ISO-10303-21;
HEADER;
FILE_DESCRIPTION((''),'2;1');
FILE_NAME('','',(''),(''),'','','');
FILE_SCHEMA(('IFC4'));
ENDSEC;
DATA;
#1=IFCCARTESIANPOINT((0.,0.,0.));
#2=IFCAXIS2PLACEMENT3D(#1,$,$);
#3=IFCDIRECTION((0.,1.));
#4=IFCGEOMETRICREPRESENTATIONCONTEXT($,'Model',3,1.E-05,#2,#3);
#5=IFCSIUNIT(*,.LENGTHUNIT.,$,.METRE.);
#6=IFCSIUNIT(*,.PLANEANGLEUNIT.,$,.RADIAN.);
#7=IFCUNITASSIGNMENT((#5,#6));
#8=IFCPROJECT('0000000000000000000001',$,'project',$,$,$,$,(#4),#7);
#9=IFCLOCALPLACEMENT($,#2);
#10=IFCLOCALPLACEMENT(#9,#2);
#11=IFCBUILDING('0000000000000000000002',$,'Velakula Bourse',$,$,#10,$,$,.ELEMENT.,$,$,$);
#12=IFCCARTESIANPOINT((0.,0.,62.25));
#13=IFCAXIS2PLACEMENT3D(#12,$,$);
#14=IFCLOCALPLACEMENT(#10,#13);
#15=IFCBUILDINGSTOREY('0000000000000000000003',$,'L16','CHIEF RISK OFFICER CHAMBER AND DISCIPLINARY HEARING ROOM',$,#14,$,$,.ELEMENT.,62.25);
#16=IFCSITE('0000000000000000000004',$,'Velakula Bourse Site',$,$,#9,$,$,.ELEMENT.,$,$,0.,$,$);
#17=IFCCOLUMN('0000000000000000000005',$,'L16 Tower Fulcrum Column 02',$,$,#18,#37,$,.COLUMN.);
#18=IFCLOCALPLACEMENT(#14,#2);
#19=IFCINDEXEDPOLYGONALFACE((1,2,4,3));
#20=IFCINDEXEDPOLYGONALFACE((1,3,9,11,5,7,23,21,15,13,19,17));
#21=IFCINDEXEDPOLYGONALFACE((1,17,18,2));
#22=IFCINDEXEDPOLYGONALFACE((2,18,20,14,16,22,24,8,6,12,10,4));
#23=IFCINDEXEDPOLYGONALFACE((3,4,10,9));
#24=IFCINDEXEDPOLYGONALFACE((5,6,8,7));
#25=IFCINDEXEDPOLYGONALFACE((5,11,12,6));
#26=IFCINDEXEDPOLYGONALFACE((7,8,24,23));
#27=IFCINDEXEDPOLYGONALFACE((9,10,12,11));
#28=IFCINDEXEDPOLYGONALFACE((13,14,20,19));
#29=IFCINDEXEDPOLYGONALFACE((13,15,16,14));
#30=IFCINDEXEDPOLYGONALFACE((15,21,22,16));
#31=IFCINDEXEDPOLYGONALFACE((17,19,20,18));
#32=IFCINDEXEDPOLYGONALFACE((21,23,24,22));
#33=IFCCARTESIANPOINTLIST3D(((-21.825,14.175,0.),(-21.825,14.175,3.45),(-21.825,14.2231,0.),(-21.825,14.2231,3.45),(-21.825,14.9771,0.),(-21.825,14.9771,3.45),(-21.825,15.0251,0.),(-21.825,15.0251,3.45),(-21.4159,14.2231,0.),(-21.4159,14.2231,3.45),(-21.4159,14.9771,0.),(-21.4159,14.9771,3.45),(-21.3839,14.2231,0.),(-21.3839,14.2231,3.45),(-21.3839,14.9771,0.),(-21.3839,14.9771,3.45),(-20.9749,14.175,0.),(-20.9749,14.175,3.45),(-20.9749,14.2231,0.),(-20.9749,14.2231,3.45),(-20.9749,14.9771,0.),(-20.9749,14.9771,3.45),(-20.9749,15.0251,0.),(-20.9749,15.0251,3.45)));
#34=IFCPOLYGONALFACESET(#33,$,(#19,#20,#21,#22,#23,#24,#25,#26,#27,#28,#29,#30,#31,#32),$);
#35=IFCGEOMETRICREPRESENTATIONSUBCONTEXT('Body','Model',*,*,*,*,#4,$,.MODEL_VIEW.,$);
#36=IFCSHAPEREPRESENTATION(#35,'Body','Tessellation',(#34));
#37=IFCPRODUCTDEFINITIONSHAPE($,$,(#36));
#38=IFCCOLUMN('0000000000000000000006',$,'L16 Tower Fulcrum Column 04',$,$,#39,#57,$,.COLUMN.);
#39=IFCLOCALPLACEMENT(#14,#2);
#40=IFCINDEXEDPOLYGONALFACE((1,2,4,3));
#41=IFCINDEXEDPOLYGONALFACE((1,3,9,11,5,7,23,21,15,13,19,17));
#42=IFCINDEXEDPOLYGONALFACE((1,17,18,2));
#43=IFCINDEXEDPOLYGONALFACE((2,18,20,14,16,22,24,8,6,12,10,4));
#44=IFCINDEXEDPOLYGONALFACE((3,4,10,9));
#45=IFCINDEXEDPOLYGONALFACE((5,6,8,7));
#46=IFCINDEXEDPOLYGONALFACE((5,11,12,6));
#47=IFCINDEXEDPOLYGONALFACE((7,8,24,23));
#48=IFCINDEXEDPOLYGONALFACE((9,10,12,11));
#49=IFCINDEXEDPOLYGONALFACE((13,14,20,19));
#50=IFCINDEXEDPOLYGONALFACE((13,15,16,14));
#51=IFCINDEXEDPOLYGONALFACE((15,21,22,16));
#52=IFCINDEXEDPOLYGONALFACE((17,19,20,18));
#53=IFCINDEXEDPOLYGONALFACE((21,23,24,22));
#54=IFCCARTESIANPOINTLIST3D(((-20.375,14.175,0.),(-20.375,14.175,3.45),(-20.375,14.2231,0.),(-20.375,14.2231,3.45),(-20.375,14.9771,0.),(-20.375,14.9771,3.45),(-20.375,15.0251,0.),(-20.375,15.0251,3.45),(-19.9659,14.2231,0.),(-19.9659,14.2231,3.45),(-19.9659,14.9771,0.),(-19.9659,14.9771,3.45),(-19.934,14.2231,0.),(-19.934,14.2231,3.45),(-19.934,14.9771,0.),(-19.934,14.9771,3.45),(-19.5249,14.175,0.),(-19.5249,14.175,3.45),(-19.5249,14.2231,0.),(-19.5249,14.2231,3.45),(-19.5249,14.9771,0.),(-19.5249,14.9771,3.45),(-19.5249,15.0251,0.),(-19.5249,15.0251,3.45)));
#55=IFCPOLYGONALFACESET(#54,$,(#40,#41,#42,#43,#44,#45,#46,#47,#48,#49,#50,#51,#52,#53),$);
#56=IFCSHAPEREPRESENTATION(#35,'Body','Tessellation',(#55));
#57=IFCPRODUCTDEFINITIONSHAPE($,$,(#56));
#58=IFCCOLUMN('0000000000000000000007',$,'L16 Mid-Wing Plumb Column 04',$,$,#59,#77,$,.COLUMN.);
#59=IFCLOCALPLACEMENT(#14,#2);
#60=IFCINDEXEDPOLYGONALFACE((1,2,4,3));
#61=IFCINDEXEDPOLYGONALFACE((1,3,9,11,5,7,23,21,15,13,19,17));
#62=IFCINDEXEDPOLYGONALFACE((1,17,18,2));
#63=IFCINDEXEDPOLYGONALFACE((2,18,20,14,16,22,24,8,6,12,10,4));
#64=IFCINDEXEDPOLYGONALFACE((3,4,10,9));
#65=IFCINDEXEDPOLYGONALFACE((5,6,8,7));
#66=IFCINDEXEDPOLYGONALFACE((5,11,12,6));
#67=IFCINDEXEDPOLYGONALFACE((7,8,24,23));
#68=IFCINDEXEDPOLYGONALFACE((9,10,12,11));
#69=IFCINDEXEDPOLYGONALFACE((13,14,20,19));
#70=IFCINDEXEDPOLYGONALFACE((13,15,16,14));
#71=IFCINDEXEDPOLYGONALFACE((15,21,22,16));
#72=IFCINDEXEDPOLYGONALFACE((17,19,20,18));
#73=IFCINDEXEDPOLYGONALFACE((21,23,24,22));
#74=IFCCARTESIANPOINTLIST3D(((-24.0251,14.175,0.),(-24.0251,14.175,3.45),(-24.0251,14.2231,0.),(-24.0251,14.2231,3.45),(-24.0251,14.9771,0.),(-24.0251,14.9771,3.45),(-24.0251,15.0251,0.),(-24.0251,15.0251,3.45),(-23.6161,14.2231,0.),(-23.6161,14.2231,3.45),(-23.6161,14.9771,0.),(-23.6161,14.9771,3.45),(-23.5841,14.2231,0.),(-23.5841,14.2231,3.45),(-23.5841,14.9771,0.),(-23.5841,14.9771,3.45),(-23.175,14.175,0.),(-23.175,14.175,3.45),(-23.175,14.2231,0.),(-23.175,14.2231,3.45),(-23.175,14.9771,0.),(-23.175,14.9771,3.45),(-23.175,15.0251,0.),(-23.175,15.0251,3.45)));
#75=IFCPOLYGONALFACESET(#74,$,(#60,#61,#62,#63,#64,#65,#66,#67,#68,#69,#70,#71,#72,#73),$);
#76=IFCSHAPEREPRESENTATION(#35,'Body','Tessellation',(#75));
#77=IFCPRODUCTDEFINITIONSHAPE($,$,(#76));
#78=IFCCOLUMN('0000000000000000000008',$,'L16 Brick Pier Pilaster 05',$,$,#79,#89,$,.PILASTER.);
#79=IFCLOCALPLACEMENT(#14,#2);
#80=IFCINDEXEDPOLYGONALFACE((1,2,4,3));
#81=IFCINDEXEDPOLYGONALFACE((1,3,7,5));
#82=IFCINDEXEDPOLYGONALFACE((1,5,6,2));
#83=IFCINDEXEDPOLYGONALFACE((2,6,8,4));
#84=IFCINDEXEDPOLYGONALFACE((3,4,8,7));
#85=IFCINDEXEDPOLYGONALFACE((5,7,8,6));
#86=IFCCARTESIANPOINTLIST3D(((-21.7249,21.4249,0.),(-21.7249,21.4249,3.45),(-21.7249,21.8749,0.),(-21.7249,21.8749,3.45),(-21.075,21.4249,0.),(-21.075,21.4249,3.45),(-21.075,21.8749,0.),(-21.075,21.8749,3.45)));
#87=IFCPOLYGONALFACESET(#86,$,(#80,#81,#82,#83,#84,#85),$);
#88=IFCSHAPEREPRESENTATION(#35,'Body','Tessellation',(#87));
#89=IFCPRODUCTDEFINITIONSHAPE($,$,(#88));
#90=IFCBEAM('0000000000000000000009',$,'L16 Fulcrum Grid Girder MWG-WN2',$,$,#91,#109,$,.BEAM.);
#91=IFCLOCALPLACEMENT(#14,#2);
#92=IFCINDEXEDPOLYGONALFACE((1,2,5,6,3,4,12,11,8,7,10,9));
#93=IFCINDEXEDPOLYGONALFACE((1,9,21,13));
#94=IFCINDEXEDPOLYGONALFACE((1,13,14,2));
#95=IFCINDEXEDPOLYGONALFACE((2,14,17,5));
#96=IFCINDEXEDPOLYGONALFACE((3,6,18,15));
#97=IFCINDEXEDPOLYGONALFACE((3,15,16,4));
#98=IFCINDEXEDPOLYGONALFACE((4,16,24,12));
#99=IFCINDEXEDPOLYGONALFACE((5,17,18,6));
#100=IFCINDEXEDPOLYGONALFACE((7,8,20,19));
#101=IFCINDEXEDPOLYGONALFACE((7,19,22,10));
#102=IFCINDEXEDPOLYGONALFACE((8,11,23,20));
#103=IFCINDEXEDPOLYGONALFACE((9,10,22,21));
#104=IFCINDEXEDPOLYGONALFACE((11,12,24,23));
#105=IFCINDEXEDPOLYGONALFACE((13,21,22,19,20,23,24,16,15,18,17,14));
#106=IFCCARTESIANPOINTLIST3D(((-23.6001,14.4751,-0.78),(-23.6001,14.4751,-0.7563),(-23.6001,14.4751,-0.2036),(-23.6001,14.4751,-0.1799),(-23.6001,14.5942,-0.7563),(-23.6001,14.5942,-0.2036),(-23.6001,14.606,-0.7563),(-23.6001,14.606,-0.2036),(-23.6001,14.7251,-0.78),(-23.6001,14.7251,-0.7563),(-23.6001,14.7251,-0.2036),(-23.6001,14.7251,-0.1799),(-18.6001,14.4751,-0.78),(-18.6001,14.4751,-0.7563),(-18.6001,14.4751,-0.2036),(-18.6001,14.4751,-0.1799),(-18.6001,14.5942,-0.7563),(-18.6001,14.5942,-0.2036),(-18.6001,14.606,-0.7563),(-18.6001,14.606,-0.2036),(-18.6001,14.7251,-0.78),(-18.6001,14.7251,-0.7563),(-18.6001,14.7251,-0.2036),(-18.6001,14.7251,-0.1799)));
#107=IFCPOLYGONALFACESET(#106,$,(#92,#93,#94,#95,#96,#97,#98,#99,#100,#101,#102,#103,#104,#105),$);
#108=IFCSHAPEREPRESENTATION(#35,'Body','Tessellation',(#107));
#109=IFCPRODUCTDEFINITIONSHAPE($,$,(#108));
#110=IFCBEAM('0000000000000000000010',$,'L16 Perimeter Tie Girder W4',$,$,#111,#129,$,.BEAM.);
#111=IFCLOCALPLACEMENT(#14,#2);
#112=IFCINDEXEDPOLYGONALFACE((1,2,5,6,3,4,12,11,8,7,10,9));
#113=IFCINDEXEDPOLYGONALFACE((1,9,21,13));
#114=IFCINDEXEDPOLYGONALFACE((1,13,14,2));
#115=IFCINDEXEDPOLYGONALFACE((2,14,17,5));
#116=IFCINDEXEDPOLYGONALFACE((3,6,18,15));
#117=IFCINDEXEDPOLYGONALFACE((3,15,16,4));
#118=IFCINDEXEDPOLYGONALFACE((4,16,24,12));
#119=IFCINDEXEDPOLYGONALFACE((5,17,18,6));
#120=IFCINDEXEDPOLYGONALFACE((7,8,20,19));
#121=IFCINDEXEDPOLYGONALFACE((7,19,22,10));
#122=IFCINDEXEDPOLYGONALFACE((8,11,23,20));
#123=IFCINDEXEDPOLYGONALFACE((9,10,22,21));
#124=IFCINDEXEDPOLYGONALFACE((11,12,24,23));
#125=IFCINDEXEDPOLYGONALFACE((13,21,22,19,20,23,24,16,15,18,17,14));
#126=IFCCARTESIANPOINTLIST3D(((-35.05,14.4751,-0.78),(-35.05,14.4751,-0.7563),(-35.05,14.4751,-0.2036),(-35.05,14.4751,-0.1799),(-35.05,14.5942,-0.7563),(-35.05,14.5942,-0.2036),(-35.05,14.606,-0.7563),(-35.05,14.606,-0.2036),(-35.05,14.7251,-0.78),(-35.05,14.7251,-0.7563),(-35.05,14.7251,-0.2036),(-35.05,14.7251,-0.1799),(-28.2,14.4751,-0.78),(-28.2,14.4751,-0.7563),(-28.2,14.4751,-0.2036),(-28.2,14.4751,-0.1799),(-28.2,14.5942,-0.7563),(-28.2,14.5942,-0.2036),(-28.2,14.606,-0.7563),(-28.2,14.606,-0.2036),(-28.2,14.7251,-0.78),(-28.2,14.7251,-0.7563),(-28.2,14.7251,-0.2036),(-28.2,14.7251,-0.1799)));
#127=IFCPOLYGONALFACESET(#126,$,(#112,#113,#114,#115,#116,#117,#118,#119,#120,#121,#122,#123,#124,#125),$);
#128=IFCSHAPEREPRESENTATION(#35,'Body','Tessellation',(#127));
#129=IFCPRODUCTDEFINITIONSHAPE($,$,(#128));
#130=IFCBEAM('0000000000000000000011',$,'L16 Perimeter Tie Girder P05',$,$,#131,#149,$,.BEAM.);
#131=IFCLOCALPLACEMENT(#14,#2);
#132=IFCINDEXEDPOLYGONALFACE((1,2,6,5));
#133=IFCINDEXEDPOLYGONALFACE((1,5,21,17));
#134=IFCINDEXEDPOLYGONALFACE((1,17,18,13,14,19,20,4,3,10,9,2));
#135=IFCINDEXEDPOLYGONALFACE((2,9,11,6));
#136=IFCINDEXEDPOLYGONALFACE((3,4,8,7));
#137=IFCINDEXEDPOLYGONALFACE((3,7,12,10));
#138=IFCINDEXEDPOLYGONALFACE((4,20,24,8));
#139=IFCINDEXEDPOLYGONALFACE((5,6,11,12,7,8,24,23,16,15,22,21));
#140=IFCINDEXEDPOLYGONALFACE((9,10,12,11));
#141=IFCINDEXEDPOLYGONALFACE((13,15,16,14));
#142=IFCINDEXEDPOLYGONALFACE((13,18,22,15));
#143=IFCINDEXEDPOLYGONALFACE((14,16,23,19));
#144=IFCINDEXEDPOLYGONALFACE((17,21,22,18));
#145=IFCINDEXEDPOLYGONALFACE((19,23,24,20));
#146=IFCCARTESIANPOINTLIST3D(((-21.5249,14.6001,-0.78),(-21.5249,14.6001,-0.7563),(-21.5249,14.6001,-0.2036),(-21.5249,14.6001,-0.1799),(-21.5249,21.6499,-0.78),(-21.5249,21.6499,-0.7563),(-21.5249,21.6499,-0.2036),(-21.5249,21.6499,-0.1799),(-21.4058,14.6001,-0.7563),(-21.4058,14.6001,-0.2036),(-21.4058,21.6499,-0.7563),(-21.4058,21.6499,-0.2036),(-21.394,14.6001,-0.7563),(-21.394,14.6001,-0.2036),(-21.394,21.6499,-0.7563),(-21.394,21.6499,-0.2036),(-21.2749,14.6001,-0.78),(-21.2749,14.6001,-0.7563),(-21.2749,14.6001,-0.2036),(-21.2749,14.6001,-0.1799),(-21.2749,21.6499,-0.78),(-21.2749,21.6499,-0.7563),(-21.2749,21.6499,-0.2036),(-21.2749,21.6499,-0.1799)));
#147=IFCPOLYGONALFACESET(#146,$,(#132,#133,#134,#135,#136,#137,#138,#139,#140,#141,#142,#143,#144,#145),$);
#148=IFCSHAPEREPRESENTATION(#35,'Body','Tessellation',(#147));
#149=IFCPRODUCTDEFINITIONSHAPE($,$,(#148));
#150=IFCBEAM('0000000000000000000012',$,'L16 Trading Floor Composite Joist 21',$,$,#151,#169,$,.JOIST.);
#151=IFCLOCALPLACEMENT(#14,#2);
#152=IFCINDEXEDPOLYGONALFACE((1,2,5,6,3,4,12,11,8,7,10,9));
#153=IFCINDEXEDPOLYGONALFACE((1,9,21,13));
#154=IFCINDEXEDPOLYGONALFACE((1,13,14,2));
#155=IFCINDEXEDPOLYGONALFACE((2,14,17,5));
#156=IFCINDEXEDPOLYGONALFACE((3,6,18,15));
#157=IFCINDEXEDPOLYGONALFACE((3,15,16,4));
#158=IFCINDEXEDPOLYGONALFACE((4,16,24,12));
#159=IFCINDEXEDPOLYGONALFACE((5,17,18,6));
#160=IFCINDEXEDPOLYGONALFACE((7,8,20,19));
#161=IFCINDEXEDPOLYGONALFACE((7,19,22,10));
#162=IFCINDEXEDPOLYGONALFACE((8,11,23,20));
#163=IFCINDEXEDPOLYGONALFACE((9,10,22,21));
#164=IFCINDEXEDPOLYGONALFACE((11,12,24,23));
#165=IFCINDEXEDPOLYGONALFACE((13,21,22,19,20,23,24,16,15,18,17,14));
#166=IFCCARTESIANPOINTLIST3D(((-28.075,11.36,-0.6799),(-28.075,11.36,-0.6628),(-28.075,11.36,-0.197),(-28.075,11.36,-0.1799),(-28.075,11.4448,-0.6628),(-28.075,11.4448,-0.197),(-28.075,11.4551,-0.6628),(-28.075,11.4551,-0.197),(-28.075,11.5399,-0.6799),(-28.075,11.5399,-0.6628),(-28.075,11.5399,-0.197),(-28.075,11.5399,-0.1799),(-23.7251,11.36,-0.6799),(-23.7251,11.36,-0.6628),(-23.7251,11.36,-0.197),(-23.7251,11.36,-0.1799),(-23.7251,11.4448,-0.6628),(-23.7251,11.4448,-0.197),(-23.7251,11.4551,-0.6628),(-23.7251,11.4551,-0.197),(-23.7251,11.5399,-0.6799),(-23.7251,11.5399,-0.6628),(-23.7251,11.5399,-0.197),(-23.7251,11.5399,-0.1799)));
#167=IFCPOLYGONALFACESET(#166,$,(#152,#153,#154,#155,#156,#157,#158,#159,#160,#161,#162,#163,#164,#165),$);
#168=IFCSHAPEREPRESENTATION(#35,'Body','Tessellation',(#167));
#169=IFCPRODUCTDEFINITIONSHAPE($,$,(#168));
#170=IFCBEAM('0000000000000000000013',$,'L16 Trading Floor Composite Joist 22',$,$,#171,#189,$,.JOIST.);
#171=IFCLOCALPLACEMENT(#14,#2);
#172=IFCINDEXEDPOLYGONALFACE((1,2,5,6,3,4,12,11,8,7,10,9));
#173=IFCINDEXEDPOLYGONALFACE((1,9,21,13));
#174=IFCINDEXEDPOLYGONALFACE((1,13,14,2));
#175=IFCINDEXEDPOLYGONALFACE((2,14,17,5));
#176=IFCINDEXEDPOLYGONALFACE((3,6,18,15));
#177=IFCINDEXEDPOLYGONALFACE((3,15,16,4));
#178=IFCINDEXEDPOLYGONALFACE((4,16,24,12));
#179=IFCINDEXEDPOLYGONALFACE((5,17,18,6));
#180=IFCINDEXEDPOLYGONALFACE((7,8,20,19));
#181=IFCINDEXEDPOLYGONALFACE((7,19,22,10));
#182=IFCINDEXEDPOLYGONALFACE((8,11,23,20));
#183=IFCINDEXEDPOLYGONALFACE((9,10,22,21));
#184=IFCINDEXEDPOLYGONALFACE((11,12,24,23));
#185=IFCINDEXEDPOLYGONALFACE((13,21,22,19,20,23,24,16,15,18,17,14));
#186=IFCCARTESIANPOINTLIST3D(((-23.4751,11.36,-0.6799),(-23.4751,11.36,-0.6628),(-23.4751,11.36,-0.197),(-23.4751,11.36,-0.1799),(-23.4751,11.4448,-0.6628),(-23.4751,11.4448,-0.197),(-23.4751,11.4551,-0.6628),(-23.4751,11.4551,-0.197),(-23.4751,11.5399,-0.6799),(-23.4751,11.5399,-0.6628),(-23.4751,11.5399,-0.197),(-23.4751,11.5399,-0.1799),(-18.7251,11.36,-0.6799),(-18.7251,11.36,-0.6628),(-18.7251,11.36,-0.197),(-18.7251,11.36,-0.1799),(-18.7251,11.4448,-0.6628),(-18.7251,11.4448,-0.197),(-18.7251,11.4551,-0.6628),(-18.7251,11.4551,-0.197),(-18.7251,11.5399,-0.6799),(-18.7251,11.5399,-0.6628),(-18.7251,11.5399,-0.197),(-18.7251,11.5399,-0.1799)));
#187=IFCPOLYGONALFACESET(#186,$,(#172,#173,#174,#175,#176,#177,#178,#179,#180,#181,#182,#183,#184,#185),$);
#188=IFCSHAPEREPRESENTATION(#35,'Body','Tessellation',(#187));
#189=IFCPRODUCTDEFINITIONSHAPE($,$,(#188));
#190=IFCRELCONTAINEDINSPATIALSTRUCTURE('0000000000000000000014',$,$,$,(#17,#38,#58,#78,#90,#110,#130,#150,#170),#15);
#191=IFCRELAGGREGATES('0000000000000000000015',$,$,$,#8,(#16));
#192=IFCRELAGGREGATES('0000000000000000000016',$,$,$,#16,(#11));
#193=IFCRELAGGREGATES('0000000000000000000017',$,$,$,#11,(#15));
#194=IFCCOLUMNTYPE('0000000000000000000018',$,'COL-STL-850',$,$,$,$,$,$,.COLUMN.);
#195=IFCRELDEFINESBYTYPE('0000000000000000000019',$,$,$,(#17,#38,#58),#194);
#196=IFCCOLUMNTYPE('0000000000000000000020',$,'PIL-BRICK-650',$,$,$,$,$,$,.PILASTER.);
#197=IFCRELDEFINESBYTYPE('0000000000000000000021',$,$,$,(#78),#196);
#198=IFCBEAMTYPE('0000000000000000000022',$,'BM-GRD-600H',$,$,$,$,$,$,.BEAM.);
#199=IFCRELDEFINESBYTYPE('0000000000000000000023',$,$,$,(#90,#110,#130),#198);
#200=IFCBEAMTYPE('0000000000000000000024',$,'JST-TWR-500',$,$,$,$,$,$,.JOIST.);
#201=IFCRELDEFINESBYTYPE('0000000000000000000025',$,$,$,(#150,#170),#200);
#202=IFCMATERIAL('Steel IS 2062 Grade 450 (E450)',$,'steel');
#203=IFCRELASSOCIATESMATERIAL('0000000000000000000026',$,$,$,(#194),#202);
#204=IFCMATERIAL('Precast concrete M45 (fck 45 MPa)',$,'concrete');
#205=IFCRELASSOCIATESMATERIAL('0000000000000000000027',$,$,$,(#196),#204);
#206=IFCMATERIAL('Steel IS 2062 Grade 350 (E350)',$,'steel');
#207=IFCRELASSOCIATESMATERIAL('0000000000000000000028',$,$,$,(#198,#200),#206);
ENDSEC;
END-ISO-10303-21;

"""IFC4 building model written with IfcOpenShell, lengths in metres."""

from ifc_helpers import new_model, si_unit, direction, frame, origin, origin_2d, place, context, subcontext, project, spatial, rectangle, i_section, extrude, material, material_profile, profile_set, type_object, element, save


model = new_model("IFC4")

# Units and contexts
model_context = context("Model", 3, precision=1e-05, world=origin(), true_north=direction((0.0, 1.0)))
body_context = subcontext(model_context, "Body", "Model", "MODEL_VIEW")
ifc_project = project(units=[si_unit("LENGTHUNIT", "METRE"), si_unit("PLANEANGLEUNIT", "RADIAN")], contexts=[model_context])

# Site, building, storey
site_placement = place(None, origin())
site = spatial("IfcSite", under=ifc_project, at=site_placement, Name="Velakula Bourse Site", CompositionType="ELEMENT", RefElevation=0.0)
building_placement = place(site_placement, origin())
building = spatial("IfcBuilding", under=site, at=building_placement, Name="Velakula Bourse", CompositionType="ELEMENT")
storey_placement = place(building_placement, frame((0.0, 0.0, 62.25)))
storey = spatial("IfcBuildingStorey", under=building, at=storey_placement, Name="L16", Description="CHIEF RISK OFFICER CHAMBER AND DISCIPLINARY HEARING ROOM", CompositionType="ELEMENT", Elevation=62.25)

# Columns
ifc_material_1 = material(Name="Steel IS 2062 Grade 450 (E450)", Category="steel")
ifc_material_profile_1 = material_profile(ifc_material_1, i_section(OverallWidth=0.8501, OverallDepth=0.8501, WebThickness=0.032, FlangeThickness=0.0481, at=origin_2d()), Name="Steel IS 2062 Grade 450 (E450)")
ifc_profile_set_1 = profile_set([ifc_material_profile_1], Name="Steel IS 2062 Grade 450 (E450)")
column_type_1 = type_object("IfcColumnType", Name="COL-STL-850", PredefinedType="COLUMN", material=ifc_profile_set_1)
for number, where, z_axis, x_axis, name in (
    (1, (-21.3999, 14.6001, 0.0), (0.0, 0.0, 1.0), (1.0, 0.0, 0.0), "L16 Tower Fulcrum Column 02"),
    (2, (-19.95, 14.6001, 0.0), (0.0, 0.0, 1.0), (1.0, 0.0, 0.0), "L16 Tower Fulcrum Column 04"),
    (3, (-23.6001, 14.6001, 0.0), (0.0, 0.0, 1.0), (1.0, 0.0, 0.0), "L16 Mid-Wing Plumb Column 04"),
):
    element("IfcColumn", number, at=place(storey_placement, frame(where, z_axis=z_axis, x_axis=x_axis)), inside=storey, type_object=column_type_1, Name=name, PredefinedType="COLUMN", context=body_context, shape_type="SweptSolid", body=[
        extrude(i_section(OverallWidth=0.8501, OverallDepth=0.8501, WebThickness=0.032, FlangeThickness=0.0481, at=origin_2d()), origin(), (0.0, 0.0, 1.0), 3.45),
    ])
ifc_material_2 = material(Name="Precast concrete M45 (fck 45 MPa)", Category="concrete")
ifc_material_profile_2 = material_profile(ifc_material_2, rectangle(XDim=0.6499, YDim=0.45, at=origin_2d()), Name="Precast concrete M45 (fck 45 MPa)")
ifc_profile_set_2 = profile_set([ifc_material_profile_2], Name="Precast concrete M45 (fck 45 MPa)")
column_type_2 = type_object("IfcColumnType", Name="PIL-BRICK-650", PredefinedType="PILASTER", material=ifc_profile_set_2)
column_placement = place(storey_placement, frame((-21.3999, 21.6499, 0.0), z_axis=(0.0, 0.0, 1.0), x_axis=(1.0, 0.0, 0.0)))
element("IfcColumn", 4, at=column_placement, inside=storey, type_object=column_type_2, Name="L16 Brick Pier Pilaster 05", PredefinedType="PILASTER", context=body_context, shape_type="SweptSolid", body=[
    extrude(rectangle(XDim=0.6499, YDim=0.45, at=origin_2d()), origin(), (0.0, 0.0, 1.0), 3.45),
])

# Beams
ifc_material_3 = material(Name="Steel IS 2062 Grade 350 (E350)", Category="steel")
ifc_material_profile_3 = material_profile(ifc_material_3, i_section(OverallWidth=0.25, OverallDepth=0.6001, WebThickness=0.0117, FlangeThickness=0.0237, at=origin_2d()), Name="Steel IS 2062 Grade 350 (E350)")
ifc_profile_set_3 = profile_set([ifc_material_profile_3], Name="Steel IS 2062 Grade 350 (E350)")
beam_type_1 = type_object("IfcBeamType", Name="BM-GRD-600H", PredefinedType="BEAM", material=ifc_profile_set_3)
beam_1_placement = place(storey_placement, frame((-23.6001, 14.6001, -0.48), z_axis=(1.0, 0.0, 0.0), x_axis=(0.0, 1.0, 0.0)))
element("IfcBeam", 5, at=beam_1_placement, inside=storey, type_object=beam_type_1, Name="L16 Fulcrum Grid Girder MWG-WN2", PredefinedType="BEAM", context=body_context, shape_type="SweptSolid", body=[
    extrude(i_section(OverallWidth=0.25, OverallDepth=0.6001, WebThickness=0.0117, FlangeThickness=0.0237, at=origin_2d()), origin(), (0.0, 0.0, 1.0), 5.0),
])
beam_2_placement = place(storey_placement, frame((-28.2, 14.6001, -0.48), z_axis=(-1.0, 0.0, 0.0), x_axis=(0.0, -1.0, 0.0)))
element("IfcBeam", 6, at=beam_2_placement, inside=storey, type_object=beam_type_1, Name="L16 Perimeter Tie Girder W4", PredefinedType="BEAM", context=body_context, shape_type="SweptSolid", body=[
    extrude(i_section(OverallWidth=0.25, OverallDepth=0.6001, WebThickness=0.0117, FlangeThickness=0.0237, at=origin_2d()), origin(), (0.0, 0.0, 1.0), 6.8501),
])
beam_3_placement = place(storey_placement, frame((-21.3999, 14.6001, -0.48), z_axis=(0.0, 1.0, 0.0), x_axis=(-1.0, 0.0, 0.0)))
element("IfcBeam", 7, at=beam_3_placement, inside=storey, type_object=beam_type_1, Name="L16 Perimeter Tie Girder P05", PredefinedType="BEAM", context=body_context, shape_type="SweptSolid", body=[
    extrude(i_section(OverallWidth=0.25, OverallDepth=0.6001, WebThickness=0.0117, FlangeThickness=0.0237, at=origin_2d()), origin(), (0.0, 0.0, 1.0), 7.0498),
])
ifc_material_profile_4 = material_profile(ifc_material_3, i_section(OverallWidth=0.1799, OverallDepth=0.5, WebThickness=0.0103, FlangeThickness=0.0171, at=origin_2d()), Name="Steel IS 2062 Grade 350 (E350)")
ifc_profile_set_4 = profile_set([ifc_material_profile_4], Name="Steel IS 2062 Grade 350 (E350)")
beam_type_2 = type_object("IfcBeamType", Name="JST-TWR-500", PredefinedType="JOIST", material=ifc_profile_set_4)
beam_4_placement = place(storey_placement, frame((-28.075, 11.45, -0.4299), z_axis=(1.0, 0.0, 0.0), x_axis=(0.0, 1.0, 0.0)))
element("IfcBeam", 8, at=beam_4_placement, inside=storey, type_object=beam_type_2, Name="L16 Trading Floor Composite Joist 21", PredefinedType="JOIST", context=body_context, shape_type="SweptSolid", body=[
    extrude(i_section(OverallWidth=0.1799, OverallDepth=0.5, WebThickness=0.0103, FlangeThickness=0.0171, at=origin_2d()), origin(), (0.0, 0.0, 1.0), 4.3499),
])
beam_5_placement = place(storey_placement, frame((-23.4751, 11.45, -0.4299), z_axis=(1.0, 0.0, 0.0), x_axis=(0.0, 1.0, 0.0)))
element("IfcBeam", 9, at=beam_5_placement, inside=storey, type_object=beam_type_2, Name="L16 Trading Floor Composite Joist 22", PredefinedType="JOIST", context=body_context, shape_type="SweptSolid", body=[
    extrude(i_section(OverallWidth=0.1799, OverallDepth=0.5, WebThickness=0.0103, FlangeThickness=0.0171, at=origin_2d()), origin(), (0.0, 0.0, 1.0), 4.75),
])

save(model, "model.ifc")
